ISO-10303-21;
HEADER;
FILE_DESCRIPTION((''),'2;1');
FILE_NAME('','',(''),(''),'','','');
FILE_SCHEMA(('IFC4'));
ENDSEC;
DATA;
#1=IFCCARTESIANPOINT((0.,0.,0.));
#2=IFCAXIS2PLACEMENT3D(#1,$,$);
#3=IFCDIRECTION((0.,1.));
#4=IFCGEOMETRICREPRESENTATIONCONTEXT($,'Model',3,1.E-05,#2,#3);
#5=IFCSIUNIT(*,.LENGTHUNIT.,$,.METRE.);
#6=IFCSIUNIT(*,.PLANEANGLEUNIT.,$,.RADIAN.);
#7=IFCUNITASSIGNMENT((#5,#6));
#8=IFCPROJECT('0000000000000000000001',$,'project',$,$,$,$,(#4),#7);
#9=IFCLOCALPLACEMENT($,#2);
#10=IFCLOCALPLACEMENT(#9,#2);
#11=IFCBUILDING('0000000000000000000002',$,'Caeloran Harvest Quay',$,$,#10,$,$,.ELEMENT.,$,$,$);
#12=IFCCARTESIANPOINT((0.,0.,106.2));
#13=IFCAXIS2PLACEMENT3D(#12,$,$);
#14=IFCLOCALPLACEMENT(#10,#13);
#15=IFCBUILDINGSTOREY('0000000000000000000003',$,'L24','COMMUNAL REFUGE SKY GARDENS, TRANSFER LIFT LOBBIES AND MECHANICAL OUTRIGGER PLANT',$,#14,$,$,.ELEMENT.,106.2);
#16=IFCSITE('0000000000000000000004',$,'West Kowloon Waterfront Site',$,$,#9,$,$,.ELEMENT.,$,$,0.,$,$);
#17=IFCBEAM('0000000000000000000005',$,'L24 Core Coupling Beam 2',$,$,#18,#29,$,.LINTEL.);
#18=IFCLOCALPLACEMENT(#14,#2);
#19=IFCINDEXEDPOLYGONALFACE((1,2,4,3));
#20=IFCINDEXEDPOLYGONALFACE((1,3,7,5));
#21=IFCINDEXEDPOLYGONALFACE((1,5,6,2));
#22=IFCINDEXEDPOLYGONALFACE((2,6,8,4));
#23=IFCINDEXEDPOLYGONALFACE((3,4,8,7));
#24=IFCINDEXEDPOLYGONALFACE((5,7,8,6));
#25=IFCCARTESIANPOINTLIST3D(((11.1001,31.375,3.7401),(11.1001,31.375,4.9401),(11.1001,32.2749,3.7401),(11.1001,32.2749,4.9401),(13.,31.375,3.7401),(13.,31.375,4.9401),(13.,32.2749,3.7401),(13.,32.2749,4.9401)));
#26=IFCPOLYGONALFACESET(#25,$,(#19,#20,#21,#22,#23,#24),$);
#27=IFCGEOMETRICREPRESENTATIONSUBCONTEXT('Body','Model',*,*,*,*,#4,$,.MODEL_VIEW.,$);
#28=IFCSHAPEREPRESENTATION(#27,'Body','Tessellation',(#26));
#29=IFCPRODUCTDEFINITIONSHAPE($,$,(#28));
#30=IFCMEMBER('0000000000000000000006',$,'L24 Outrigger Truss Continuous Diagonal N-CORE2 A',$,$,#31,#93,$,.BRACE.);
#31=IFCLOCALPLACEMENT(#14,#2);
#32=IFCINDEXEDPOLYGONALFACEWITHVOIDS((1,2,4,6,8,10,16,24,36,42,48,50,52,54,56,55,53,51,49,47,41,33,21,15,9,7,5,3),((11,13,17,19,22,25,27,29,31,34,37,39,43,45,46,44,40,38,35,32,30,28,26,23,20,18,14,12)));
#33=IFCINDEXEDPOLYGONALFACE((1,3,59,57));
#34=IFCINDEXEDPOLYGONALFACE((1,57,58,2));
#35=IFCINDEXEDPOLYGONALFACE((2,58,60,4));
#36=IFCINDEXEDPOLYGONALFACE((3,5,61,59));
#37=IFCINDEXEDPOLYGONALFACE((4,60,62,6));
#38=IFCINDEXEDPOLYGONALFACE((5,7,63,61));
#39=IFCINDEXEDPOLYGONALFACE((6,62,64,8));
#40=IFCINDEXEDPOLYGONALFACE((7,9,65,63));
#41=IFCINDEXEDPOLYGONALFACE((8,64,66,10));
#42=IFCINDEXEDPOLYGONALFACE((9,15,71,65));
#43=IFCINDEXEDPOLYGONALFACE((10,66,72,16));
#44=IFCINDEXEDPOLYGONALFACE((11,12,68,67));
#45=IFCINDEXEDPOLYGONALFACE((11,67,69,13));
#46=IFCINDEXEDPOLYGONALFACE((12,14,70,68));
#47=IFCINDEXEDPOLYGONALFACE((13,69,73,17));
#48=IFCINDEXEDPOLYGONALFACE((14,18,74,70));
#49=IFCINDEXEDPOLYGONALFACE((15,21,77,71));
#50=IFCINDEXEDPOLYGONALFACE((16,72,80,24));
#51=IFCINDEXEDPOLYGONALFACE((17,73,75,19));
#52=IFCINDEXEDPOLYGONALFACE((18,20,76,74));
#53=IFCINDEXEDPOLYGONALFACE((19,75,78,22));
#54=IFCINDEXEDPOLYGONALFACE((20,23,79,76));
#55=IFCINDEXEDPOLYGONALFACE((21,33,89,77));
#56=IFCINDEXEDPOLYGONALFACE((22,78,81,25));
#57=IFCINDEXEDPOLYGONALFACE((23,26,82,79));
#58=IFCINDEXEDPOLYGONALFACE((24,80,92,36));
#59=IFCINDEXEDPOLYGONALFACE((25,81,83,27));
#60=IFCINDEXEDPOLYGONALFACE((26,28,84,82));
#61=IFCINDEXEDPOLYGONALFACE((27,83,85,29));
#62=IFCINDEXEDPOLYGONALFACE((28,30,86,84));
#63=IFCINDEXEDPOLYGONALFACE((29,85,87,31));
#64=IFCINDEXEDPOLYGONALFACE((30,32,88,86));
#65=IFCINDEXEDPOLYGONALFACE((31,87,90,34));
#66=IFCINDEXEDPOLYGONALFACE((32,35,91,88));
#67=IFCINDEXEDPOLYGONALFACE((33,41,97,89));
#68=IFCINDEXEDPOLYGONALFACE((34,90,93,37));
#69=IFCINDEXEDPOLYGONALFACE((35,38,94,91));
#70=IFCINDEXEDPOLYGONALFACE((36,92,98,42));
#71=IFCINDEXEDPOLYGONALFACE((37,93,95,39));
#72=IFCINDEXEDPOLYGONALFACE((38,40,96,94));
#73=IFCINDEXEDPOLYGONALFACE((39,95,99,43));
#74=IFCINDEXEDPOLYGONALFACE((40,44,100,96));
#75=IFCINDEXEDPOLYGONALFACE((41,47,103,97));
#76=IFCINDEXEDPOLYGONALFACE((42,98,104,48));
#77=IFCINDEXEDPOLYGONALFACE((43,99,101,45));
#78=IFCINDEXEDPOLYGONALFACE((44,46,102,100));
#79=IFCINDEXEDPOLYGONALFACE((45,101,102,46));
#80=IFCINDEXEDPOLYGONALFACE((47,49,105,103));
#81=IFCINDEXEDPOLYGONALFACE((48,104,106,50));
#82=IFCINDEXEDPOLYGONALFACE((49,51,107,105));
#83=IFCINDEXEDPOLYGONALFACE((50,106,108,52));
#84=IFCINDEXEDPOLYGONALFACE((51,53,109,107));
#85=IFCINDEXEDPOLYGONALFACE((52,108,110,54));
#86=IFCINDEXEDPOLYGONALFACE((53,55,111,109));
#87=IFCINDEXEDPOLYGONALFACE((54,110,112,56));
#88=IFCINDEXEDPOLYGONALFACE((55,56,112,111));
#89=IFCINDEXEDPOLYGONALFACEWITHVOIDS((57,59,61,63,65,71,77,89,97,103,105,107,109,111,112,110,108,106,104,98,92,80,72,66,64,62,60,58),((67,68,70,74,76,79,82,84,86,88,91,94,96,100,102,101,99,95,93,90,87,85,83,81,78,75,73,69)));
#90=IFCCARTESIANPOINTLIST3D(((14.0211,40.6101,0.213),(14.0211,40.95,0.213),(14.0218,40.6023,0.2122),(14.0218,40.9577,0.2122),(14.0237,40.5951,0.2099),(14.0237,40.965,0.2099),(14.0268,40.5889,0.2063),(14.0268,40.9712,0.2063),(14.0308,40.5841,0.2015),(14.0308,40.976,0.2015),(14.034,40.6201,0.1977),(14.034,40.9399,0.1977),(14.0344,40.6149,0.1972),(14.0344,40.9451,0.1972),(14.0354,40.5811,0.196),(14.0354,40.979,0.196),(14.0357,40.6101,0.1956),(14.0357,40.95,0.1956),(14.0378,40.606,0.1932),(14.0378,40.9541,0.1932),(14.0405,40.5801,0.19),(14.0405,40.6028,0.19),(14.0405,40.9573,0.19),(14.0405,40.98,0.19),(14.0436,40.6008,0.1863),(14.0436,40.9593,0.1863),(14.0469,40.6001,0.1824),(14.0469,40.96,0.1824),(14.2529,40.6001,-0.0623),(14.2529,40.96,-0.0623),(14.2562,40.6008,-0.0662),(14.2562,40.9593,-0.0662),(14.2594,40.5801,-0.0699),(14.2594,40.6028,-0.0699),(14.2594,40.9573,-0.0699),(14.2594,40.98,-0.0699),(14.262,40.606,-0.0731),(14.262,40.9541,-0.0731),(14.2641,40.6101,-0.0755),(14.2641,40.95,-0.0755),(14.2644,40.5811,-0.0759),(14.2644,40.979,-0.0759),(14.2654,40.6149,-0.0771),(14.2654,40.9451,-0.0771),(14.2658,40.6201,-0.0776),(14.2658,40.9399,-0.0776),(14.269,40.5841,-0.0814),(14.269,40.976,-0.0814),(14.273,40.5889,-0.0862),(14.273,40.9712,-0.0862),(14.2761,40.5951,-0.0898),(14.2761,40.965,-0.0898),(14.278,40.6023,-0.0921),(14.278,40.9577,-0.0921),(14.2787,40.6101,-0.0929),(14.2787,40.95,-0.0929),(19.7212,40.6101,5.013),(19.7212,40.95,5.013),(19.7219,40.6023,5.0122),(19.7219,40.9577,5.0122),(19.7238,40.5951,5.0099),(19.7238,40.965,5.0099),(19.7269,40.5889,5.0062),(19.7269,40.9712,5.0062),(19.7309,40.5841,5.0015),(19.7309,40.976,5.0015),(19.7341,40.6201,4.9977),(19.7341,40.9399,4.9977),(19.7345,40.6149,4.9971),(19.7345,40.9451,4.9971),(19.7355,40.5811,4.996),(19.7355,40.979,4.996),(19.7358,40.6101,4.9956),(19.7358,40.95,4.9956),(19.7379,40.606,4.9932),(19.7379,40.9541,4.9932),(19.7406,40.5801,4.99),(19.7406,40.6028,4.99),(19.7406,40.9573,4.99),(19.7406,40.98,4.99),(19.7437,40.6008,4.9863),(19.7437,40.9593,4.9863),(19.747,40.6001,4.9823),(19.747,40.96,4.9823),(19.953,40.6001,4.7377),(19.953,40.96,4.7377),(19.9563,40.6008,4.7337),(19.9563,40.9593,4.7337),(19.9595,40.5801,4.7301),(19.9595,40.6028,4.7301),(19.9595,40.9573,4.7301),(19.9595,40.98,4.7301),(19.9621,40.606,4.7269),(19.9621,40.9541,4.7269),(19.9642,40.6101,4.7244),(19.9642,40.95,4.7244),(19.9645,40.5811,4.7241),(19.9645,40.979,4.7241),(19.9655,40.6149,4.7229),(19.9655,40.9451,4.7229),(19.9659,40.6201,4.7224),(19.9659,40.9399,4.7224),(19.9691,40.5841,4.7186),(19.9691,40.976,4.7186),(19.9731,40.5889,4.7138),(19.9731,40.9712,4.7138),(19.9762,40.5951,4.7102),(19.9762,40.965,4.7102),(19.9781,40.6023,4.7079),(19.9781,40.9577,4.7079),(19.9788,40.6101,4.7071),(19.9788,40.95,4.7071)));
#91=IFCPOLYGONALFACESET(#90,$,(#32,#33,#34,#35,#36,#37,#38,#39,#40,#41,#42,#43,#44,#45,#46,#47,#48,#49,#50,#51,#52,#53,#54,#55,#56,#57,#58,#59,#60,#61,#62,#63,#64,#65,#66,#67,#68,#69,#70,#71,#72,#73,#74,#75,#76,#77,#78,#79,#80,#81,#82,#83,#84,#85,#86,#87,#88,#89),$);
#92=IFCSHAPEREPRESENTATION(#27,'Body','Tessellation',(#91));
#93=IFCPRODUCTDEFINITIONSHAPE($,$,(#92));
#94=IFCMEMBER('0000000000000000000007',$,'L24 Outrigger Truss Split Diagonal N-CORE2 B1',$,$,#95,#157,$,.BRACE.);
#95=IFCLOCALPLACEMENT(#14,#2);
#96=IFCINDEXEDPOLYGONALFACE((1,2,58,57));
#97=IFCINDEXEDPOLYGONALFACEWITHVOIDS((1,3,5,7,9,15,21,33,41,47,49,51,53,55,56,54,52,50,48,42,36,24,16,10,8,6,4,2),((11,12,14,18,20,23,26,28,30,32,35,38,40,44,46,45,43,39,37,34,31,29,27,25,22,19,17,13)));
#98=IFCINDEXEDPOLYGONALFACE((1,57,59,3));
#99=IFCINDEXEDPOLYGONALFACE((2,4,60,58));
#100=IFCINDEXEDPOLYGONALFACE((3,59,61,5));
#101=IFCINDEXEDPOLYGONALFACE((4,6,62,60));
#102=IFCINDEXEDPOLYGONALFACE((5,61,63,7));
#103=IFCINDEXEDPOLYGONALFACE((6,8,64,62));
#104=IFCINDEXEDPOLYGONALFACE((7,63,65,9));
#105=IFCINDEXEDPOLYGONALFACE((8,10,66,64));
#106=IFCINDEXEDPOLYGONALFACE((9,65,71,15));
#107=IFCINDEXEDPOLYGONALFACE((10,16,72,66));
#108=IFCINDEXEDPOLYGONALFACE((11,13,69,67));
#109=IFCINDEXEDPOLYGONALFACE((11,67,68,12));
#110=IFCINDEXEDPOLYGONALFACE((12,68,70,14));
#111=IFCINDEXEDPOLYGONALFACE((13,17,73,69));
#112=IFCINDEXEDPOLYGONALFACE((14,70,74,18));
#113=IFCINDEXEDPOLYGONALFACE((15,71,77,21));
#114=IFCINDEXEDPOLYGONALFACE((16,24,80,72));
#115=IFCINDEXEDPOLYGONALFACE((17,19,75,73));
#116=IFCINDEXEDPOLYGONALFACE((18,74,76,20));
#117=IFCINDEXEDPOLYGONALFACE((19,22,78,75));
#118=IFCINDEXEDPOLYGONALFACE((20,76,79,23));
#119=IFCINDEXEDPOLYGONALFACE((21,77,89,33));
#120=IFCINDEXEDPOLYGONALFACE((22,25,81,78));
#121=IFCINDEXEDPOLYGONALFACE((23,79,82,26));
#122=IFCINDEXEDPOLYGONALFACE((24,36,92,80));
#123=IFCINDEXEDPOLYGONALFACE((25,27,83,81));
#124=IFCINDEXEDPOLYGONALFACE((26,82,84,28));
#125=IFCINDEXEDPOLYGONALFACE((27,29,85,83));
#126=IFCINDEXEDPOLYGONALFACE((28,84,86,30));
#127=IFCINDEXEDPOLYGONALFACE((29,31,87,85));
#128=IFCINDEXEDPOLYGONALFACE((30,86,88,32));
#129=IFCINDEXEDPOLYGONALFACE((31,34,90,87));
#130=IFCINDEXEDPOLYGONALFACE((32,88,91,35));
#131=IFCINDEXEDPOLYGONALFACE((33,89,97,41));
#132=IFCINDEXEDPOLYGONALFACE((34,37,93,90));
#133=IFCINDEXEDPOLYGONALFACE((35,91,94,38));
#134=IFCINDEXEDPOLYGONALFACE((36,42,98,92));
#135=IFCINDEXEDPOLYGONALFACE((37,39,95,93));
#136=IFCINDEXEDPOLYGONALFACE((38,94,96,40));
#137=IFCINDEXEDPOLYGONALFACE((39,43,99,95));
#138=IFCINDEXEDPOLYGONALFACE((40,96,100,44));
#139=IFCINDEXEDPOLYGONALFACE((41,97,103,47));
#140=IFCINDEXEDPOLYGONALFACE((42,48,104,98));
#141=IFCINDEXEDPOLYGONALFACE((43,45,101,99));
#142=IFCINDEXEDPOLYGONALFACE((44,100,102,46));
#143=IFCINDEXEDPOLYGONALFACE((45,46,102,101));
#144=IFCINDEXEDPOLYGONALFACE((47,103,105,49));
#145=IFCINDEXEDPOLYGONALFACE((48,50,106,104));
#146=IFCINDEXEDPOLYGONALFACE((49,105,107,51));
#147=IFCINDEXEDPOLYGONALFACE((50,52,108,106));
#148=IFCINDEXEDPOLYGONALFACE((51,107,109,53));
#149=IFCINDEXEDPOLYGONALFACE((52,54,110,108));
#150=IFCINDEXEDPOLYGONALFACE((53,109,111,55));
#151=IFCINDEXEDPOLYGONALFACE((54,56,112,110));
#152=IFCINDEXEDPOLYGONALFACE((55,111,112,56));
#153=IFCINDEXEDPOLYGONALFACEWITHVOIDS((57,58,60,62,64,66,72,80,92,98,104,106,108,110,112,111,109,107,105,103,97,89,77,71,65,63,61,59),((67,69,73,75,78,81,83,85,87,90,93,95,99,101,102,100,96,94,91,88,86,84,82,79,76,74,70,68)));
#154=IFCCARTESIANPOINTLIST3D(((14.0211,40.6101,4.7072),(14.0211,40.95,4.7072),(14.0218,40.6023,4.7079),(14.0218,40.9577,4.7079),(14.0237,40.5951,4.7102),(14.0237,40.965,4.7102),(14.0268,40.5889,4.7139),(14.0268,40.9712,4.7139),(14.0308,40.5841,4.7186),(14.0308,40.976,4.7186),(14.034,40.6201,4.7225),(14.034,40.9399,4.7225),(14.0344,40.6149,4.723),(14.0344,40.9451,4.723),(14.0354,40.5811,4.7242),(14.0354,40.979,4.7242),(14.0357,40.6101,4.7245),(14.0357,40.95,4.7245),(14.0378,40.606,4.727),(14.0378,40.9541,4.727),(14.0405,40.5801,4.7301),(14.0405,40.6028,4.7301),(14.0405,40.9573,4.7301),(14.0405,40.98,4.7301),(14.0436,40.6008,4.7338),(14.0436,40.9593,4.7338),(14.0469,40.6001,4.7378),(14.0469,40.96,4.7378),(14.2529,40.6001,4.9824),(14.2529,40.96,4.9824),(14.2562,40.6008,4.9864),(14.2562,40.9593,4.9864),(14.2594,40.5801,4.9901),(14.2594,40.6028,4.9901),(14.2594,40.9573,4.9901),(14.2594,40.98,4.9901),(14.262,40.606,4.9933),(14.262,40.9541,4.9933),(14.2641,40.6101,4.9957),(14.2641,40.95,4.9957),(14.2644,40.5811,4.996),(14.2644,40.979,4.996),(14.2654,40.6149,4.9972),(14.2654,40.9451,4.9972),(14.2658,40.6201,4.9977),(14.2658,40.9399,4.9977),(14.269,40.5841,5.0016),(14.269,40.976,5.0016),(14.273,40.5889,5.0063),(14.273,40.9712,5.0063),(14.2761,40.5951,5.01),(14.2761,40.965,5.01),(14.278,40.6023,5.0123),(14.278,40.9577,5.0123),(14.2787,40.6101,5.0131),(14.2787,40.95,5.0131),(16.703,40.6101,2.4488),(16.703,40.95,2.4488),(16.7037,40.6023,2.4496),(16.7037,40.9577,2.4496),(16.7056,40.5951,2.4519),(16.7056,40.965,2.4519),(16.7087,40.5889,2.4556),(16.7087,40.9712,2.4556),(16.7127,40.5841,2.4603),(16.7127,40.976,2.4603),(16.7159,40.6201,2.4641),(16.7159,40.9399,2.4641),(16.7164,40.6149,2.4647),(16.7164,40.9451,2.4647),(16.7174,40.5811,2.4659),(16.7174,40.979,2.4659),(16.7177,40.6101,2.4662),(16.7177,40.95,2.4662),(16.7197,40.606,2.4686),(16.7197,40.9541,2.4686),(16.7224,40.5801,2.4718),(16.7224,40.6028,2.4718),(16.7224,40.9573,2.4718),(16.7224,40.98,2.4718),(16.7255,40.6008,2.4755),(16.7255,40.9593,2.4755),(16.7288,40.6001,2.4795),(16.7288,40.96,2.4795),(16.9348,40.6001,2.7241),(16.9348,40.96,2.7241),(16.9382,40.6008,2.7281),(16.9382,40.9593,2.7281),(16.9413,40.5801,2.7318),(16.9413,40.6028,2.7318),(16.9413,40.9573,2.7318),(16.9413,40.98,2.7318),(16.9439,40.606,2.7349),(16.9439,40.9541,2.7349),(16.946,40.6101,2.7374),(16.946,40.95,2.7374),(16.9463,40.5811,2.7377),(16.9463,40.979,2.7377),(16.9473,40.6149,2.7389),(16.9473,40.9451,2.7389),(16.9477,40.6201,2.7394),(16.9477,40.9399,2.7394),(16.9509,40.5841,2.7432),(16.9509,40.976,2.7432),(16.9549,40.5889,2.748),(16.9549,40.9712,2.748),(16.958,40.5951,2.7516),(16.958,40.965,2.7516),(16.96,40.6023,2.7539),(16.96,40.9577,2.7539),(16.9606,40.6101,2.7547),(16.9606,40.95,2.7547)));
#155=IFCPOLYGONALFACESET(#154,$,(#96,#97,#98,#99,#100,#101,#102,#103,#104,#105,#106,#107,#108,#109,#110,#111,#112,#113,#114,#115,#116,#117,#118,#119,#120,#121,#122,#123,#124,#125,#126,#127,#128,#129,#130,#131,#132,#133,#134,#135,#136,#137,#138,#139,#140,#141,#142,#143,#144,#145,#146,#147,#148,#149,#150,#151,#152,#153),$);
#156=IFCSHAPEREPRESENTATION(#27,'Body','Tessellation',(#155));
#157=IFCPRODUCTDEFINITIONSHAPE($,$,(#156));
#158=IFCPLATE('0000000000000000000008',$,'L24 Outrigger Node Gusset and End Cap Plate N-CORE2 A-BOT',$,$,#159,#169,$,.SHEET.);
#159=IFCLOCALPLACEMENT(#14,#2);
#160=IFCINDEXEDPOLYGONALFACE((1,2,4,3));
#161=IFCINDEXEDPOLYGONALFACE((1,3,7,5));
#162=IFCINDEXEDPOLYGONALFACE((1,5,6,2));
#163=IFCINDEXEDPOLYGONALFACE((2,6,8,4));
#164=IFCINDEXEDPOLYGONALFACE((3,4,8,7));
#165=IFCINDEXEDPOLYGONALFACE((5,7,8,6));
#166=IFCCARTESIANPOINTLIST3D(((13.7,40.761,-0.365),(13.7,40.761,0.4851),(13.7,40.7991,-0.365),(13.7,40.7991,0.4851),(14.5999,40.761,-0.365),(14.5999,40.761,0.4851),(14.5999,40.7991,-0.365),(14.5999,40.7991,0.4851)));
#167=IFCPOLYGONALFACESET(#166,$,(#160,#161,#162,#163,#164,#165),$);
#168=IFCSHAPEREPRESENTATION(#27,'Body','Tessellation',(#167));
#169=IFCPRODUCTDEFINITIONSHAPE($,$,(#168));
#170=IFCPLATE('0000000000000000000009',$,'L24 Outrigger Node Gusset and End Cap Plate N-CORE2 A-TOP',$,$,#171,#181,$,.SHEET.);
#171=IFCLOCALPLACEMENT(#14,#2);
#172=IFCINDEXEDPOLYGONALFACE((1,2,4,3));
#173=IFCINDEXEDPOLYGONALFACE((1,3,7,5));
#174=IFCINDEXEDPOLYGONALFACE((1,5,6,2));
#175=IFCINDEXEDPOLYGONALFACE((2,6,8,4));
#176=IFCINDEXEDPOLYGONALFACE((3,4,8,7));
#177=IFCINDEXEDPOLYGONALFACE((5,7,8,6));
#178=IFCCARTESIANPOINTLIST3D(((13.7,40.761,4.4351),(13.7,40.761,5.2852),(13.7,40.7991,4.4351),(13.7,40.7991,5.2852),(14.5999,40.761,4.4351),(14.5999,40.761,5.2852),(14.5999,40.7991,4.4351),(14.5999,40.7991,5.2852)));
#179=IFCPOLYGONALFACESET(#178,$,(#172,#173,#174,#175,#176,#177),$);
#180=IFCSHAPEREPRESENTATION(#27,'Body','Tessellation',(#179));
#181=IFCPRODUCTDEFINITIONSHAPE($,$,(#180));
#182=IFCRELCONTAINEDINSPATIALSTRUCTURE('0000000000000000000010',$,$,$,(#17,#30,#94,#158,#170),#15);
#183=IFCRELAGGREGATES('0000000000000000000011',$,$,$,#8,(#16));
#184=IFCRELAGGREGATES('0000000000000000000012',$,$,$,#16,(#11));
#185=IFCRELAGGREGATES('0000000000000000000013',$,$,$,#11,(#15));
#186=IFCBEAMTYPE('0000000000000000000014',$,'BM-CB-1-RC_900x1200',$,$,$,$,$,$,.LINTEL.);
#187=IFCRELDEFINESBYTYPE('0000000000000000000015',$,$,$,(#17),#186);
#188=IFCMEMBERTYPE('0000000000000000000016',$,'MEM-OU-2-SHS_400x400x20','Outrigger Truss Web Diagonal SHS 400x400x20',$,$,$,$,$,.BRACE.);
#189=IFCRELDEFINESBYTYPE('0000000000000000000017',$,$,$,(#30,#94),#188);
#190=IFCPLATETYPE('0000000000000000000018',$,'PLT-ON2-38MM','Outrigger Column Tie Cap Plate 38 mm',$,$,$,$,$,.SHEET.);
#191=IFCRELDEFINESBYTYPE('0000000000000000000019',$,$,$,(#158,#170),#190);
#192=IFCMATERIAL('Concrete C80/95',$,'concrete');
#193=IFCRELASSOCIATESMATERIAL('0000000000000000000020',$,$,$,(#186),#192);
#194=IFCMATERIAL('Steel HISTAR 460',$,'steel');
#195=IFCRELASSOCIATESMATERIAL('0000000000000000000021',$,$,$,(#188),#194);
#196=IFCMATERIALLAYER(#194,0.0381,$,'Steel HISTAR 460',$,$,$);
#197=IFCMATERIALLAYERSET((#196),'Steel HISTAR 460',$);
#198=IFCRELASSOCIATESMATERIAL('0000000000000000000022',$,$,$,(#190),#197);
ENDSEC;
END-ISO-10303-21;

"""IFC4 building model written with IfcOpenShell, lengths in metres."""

from ifc_helpers import new_model, si_unit, direction, frame, origin, origin_2d, place, context, subcontext, project, spatial, rectangle, hollow_rectangle, extrude, material, layer, layer_set, material_profile, profile_set, type_object, element, save


model = new_model("IFC4")

# Units and contexts
model_context = context("Model", 3, precision=1e-05, world=origin(), true_north=direction((0.0, 1.0)))
body_context = subcontext(model_context, "Body", "Model", "MODEL_VIEW")
ifc_project = project(units=[si_unit("LENGTHUNIT", "METRE"), si_unit("PLANEANGLEUNIT", "RADIAN")], contexts=[model_context])

# Site, building, storey
site_placement = place(None, origin())
site = spatial("IfcSite", under=ifc_project, at=site_placement, Name="West Kowloon Waterfront Site", CompositionType="ELEMENT", RefElevation=0.0)
building_placement = place(site_placement, origin())
building = spatial("IfcBuilding", under=site, at=building_placement, Name="Caeloran Harvest Quay", CompositionType="ELEMENT")
storey_placement = place(building_placement, frame((0.0, 0.0, 106.2)))
storey = spatial("IfcBuildingStorey", under=building, at=storey_placement, Name="L24", Description="COMMUNAL REFUGE SKY GARDENS, TRANSFER LIFT LOBBIES AND MECHANICAL OUTRIGGER PLANT", CompositionType="ELEMENT", Elevation=106.2)

# Beam
ifc_material_1 = material(Name="Concrete C80/95", Category="concrete")
ifc_material_profile_1 = material_profile(ifc_material_1, rectangle(XDim=0.8999, YDim=1.2, at=origin_2d()), Name="RC 900x1200")
ifc_profile_set_1 = profile_set([ifc_material_profile_1], Name="Concrete C80/95")
beam_type = type_object("IfcBeamType", Name="BM-CB-1-RC_900x1200", PredefinedType="LINTEL", material=ifc_profile_set_1)
beam_placement = place(storey_placement, frame((11.1001, 31.825, 4.3401), z_axis=(1.0, 0.0, 0.0), x_axis=(0.0, 1.0, 0.0)))
element("IfcBeam", 1, at=beam_placement, inside=storey, type_object=beam_type, Name="L24 Core Coupling Beam 2", PredefinedType="LINTEL", context=body_context, shape_type="SweptSolid", body=[
    extrude(rectangle(XDim=0.8999, YDim=1.2, at=origin_2d()), origin(), (0.0, 0.0, 1.0), 1.8999),
])

# Members
ifc_material_2 = material(Name="Steel HISTAR 460", Category="steel")
ifc_material_profile_2 = material_profile(ifc_material_2, hollow_rectangle(XDim=0.3999, YDim=0.3999, WallThickness=0.02, InnerFilletRadius=0.02, OuterFilletRadius=0.03, at=origin_2d()), Name="SHS 400x400x20")
ifc_profile_set_2 = profile_set([ifc_material_profile_2], Name="Steel HISTAR 460")
member_type = type_object("IfcMemberType", Name="MEM-OU-2-SHS_400x400x20", Description="Outrigger Truss Web Diagonal SHS 400x400x20", PredefinedType="BRACE", material=ifc_profile_set_2)
member_1_placement = place(storey_placement, frame((14.1499, 40.78, 0.0601), z_axis=(0.764919, 0.0, 0.644127), x_axis=(0.0, 1.0, 0.0)))
element("IfcMember", 2, at=member_1_placement, inside=storey, type_object=member_type, Name="L24 Outrigger Truss Continuous Diagonal N-CORE2 A", PredefinedType="BRACE", context=body_context, shape_type="SweptSolid", body=[
    extrude(hollow_rectangle(XDim=0.3999, YDim=0.3999, WallThickness=0.02, InnerFilletRadius=0.02, OuterFilletRadius=0.03, at=origin_2d()), origin(), (0.0, 0.0, 1.0), 7.4519),
])
member_2_placement = place(storey_placement, frame((14.1499, 40.78, 4.8601), z_axis=(0.764929, 0.0, -0.644114), x_axis=(0.0, 1.0, 0.0)))
element("IfcMember", 3, at=member_2_placement, inside=storey, type_object=member_type, Name="L24 Outrigger Truss Split Diagonal N-CORE2 B1", PredefinedType="BRACE", context=body_context, shape_type="SweptSolid", body=[
    extrude(hollow_rectangle(XDim=0.3999, YDim=0.3999, WallThickness=0.02, InnerFilletRadius=0.02, OuterFilletRadius=0.03, at=origin_2d()), origin(), (0.0, 0.0, 1.0), 3.5061),
])

# Plates
ifc_layer_1 = layer(ifc_material_2, 0.0381, Name="Steel HISTAR 460")
ifc_layer_set_1 = layer_set([ifc_layer_1], Name="Steel HISTAR 460")
plate_type = type_object("IfcPlateType", Name="PLT-ON2-38MM", Description="Outrigger Column Tie Cap Plate 38 mm", PredefinedType="SHEET", material=ifc_layer_set_1)
for number, where, z_axis, x_axis, name in (
    (4, (14.1499, 40.78, -0.365), (0.0, 0.0, 1.0), (1.0, 0.0, 0.0), "L24 Outrigger Node Gusset and End Cap Plate N-CORE2 A-BOT"),
    (5, (14.1499, 40.78, 4.4351), (0.0, 0.0, 1.0), (1.0, 0.0, 0.0), "L24 Outrigger Node Gusset and End Cap Plate N-CORE2 A-TOP"),
):
    element("IfcPlate", number, at=place(storey_placement, frame(where, z_axis=z_axis, x_axis=x_axis)), inside=storey, type_object=plate_type, Name=name, PredefinedType="SHEET", context=body_context, shape_type="SweptSolid", body=[
        extrude(rectangle(XDim=0.8999, YDim=0.0381, at=origin_2d()), origin(), (0.0, 0.0, 1.0), 0.8501),
    ])

save(model, "model.ifc")
